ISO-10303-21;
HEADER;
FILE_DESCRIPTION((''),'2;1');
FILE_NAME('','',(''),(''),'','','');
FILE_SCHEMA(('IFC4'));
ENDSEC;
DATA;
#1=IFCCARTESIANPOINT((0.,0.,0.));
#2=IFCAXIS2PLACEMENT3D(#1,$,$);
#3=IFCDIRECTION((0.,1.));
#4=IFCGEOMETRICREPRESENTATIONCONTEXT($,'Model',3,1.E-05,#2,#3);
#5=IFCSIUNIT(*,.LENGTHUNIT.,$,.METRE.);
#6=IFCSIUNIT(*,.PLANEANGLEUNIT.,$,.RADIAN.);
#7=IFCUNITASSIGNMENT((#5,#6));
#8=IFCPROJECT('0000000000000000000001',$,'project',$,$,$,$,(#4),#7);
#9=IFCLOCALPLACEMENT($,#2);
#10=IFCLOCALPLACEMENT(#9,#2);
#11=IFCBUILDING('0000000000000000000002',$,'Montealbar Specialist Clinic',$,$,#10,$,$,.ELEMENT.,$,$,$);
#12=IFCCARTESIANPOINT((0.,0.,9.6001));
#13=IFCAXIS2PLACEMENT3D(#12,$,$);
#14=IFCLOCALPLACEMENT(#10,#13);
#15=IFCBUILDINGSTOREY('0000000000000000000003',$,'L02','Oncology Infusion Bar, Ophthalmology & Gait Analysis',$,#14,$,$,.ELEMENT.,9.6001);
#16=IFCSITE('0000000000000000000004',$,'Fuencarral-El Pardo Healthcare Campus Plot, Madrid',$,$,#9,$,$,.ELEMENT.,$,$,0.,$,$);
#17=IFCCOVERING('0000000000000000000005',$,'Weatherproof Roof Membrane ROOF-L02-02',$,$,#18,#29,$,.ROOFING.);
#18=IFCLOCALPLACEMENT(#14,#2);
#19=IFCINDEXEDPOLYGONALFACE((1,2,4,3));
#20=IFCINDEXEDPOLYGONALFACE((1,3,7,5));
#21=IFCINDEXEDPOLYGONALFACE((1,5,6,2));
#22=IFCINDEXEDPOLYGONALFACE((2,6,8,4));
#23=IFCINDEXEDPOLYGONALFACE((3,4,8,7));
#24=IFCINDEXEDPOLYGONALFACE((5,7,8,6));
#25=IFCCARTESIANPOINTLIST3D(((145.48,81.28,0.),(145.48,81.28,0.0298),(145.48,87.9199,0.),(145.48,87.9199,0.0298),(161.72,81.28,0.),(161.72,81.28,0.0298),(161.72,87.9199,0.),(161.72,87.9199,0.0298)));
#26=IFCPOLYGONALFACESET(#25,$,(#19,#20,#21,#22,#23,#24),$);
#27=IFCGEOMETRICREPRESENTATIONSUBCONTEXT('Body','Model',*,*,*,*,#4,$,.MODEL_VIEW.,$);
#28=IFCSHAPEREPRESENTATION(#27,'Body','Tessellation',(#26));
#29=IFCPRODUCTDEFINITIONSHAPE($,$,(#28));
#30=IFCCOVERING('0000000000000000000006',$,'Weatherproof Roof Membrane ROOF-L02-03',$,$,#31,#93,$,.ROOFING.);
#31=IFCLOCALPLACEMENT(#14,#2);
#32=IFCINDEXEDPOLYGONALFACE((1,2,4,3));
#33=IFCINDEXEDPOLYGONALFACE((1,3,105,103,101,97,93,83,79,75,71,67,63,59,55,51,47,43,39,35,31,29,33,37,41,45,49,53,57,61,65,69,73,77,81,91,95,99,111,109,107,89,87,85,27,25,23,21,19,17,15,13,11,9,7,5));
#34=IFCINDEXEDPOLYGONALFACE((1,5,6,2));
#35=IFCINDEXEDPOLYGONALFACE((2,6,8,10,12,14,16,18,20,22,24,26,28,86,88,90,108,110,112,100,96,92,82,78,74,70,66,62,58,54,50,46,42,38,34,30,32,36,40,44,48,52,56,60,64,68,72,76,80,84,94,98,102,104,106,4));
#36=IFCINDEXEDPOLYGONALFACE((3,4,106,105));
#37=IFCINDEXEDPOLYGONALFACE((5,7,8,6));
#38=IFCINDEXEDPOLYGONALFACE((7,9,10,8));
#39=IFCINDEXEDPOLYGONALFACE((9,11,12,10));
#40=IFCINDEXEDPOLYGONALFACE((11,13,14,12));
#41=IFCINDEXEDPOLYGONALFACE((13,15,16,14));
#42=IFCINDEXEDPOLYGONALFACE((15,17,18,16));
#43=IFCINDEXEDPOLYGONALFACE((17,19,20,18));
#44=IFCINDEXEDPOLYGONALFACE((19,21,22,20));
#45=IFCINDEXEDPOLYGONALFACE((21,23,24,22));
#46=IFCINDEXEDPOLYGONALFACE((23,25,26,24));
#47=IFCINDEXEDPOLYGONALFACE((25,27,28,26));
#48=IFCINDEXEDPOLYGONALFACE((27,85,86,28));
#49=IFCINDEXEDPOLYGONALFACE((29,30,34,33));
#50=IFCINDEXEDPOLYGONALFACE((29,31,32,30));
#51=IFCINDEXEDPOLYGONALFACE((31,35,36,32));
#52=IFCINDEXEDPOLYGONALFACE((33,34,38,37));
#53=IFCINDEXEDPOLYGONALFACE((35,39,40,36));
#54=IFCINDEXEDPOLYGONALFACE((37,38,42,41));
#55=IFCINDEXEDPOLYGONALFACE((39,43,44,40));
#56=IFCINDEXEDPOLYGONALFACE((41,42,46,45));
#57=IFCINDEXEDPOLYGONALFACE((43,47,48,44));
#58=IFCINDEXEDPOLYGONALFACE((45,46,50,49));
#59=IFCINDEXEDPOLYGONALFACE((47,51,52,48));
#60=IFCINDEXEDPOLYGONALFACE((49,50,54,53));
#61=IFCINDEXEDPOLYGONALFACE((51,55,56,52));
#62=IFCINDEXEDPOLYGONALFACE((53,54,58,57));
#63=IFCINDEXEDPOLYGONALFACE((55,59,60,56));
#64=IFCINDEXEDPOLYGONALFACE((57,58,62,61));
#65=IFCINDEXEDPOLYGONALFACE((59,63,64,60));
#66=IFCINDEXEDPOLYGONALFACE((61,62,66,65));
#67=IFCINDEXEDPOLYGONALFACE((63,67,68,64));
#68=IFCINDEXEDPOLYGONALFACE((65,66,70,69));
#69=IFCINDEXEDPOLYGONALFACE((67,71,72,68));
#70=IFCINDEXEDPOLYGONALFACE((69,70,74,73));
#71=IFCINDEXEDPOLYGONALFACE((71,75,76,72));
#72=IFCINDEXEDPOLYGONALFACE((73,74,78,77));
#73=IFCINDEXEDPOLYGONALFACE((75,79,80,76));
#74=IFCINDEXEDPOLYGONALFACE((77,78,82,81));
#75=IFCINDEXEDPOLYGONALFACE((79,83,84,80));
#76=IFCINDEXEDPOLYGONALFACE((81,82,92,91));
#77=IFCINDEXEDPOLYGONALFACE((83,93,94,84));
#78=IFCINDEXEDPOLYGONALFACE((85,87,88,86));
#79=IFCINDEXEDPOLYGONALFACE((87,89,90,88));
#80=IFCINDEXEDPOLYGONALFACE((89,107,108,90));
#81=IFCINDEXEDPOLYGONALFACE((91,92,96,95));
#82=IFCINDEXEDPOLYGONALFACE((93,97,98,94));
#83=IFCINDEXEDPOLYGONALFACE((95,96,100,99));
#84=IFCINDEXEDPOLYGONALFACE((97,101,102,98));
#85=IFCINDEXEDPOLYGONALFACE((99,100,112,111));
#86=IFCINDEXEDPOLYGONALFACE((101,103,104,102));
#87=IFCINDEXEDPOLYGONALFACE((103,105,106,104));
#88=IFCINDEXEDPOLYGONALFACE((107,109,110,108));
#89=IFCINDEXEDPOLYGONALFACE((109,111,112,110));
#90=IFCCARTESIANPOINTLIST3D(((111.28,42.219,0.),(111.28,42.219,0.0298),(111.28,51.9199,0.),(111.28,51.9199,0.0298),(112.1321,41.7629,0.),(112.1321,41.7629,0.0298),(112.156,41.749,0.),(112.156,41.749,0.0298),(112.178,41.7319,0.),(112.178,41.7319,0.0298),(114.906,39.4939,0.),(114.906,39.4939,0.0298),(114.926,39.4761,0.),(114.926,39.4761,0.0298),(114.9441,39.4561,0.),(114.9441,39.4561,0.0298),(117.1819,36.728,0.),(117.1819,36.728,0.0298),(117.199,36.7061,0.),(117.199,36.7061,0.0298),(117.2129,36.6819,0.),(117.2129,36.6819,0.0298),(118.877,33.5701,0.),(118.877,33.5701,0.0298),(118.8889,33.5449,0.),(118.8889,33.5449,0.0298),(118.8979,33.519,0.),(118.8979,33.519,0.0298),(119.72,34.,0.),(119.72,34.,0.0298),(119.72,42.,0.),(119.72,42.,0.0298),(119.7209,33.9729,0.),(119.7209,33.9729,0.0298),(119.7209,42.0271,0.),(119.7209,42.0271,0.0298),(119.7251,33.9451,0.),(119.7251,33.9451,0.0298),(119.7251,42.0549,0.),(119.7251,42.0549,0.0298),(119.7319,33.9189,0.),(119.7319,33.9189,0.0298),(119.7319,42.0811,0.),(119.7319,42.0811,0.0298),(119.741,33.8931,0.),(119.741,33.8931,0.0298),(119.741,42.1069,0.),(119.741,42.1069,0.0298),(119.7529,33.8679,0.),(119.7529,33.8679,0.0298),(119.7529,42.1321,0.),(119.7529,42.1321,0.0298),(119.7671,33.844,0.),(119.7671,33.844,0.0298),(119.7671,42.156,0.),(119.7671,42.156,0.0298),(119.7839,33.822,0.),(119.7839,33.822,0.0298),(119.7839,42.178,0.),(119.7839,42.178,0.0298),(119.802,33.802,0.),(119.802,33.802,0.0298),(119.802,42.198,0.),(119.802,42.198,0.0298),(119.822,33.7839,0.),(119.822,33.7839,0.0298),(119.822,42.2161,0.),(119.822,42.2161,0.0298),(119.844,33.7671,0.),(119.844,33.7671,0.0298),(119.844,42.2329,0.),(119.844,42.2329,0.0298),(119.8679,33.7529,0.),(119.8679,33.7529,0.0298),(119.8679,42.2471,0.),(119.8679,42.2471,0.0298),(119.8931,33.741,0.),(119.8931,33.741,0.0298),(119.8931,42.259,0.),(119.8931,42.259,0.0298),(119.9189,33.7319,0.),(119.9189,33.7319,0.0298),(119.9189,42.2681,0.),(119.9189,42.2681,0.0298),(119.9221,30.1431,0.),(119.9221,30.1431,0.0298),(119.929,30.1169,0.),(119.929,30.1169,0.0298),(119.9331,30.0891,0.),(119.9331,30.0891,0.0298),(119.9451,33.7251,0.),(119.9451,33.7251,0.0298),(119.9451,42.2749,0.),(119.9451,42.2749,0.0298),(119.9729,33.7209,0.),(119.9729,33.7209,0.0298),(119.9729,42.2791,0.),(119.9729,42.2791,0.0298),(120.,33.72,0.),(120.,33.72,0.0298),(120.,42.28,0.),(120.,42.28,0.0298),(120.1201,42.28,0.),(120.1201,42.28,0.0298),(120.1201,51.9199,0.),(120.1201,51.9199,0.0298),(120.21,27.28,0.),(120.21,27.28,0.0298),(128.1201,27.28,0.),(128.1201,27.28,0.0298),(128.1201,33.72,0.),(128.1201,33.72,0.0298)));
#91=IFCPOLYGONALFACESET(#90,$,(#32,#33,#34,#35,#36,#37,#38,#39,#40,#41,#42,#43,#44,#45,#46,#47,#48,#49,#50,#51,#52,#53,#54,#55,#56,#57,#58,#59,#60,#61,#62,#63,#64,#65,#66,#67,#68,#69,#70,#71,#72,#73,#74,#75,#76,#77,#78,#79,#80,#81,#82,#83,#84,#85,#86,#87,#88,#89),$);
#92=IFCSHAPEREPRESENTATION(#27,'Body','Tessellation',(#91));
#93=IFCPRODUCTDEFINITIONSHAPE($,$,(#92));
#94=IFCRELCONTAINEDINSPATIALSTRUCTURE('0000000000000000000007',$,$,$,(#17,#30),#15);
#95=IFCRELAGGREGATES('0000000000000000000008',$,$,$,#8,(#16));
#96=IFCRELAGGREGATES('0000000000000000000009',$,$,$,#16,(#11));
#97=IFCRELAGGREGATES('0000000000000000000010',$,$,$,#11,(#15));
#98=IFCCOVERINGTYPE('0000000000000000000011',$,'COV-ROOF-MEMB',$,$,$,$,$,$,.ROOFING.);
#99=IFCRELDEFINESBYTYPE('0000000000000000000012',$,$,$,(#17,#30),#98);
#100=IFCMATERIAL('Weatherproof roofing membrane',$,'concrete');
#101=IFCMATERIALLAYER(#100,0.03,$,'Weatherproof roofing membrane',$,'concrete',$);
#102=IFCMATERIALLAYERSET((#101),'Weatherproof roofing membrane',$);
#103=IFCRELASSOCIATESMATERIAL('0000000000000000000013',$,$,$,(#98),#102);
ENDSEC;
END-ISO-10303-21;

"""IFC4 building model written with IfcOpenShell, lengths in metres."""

from ifc_helpers import new_model, si_unit, direction, frame, origin, place, context, subcontext, project, spatial, polyline, outline, extrude, material, layer, layer_set, type_object, element, save


model = new_model("IFC4")

# Units and contexts
model_context = context("Model", 3, precision=1e-05, world=origin(), true_north=direction((0.0, 1.0)))
body_context = subcontext(model_context, "Body", "Model", "MODEL_VIEW")
ifc_project = project(units=[si_unit("LENGTHUNIT", "METRE"), si_unit("PLANEANGLEUNIT", "RADIAN")], contexts=[model_context])

# Site, building, storey
site_placement = place(None, origin())
site = spatial("IfcSite", under=ifc_project, at=site_placement, Name="Fuencarral-El Pardo Healthcare Campus Plot, Madrid", CompositionType="ELEMENT", RefElevation=0.0)
building_placement = place(site_placement, origin())
building = spatial("IfcBuilding", under=site, at=building_placement, Name="Montealbar Specialist Clinic", CompositionType="ELEMENT")
storey_placement = place(building_placement, frame((0.0, 0.0, 9.6001)))
storey = spatial("IfcBuildingStorey", under=building, at=storey_placement, Name="L02", Description="Oncology Infusion Bar, Ophthalmology & Gait Analysis", CompositionType="ELEMENT", Elevation=9.6001)

# Shared definitions
ifc_material_1 = material(Name="Weatherproof roofing membrane", Category="concrete")

# Coverings
ifc_layer_1 = layer(ifc_material_1, 0.03, Name="Weatherproof roofing membrane", Category="concrete")
ifc_layer_set_1 = layer_set([ifc_layer_1], Name="Weatherproof roofing membrane")
covering_type = type_object("IfcCoveringType", Name="COV-ROOF-MEMB", PredefinedType="ROOFING", material=ifc_layer_set_1)
covering_1_placement = place(storey_placement, origin())
element("IfcCovering", 1, at=covering_1_placement, inside=storey, type_object=covering_type, Name="Weatherproof Roof Membrane ROOF-L02-02", PredefinedType="ROOFING", context=body_context, shape_type="SweptSolid", body=[
    extrude(outline(polyline([(161.72, 81.28), (145.48, 81.28), (145.48, 87.9199), (161.72, 87.9199), (161.72, 81.28)])), origin(), (0.0, 0.0, 1.0), 0.0298),
])
covering_2_placement = place(storey_placement, origin())
element("IfcCovering", 2, at=covering_2_placement, inside=storey, type_object=covering_type, Name="Weatherproof Roof Membrane ROOF-L02-03", PredefinedType="ROOFING", context=body_context, shape_type="SweptSolid", body=[
    extrude(outline(polyline([(120.1201, 42.28), (120.0, 42.28), (119.9729, 42.2791), (119.9451, 42.2749), (119.9189, 42.2681), (119.8931, 42.259), (119.8679, 42.2471), (119.844, 42.2329), (119.822, 42.2161), (119.802, 42.198), (119.7839, 42.178), (119.7671, 42.156), (119.7529, 42.1321), (119.741, 42.1069), (119.7319, 42.0811), (119.7251, 42.0549), (119.7209, 42.0271), (119.72, 42.0), (119.72, 34.0), (119.7209, 33.9729), (119.7251, 33.9451), (119.7319, 33.9189), (119.741, 33.8931), (119.7529, 33.8679), (119.7671, 33.844), (119.7839, 33.822), (119.802, 33.802), (119.822, 33.7839), (119.844, 33.7671), (119.8679, 33.7529), (119.8931, 33.741), (119.9189, 33.7319), (119.9451, 33.7251), (119.9729, 33.7209), (120.0, 33.72), (128.1201, 33.72), (128.1201, 27.28), (120.21, 27.28), (119.9331, 30.0891), (119.929, 30.1169), (119.9221, 30.1431), (118.8979, 33.519), (118.8889, 33.5449), (118.877, 33.5701), (117.2129, 36.6819), (117.199, 36.7061), (117.1819, 36.728), (114.9441, 39.4561), (114.926, 39.4761), (114.906, 39.4939), (112.178, 41.7319), (112.156, 41.749), (112.1321, 41.7629), (111.28, 42.219), (111.28, 51.9199), (120.1201, 51.9199), (120.1201, 42.28)])), origin(), (0.0, 0.0, 1.0), 0.0298),
])

save(model, "model.ifc")
